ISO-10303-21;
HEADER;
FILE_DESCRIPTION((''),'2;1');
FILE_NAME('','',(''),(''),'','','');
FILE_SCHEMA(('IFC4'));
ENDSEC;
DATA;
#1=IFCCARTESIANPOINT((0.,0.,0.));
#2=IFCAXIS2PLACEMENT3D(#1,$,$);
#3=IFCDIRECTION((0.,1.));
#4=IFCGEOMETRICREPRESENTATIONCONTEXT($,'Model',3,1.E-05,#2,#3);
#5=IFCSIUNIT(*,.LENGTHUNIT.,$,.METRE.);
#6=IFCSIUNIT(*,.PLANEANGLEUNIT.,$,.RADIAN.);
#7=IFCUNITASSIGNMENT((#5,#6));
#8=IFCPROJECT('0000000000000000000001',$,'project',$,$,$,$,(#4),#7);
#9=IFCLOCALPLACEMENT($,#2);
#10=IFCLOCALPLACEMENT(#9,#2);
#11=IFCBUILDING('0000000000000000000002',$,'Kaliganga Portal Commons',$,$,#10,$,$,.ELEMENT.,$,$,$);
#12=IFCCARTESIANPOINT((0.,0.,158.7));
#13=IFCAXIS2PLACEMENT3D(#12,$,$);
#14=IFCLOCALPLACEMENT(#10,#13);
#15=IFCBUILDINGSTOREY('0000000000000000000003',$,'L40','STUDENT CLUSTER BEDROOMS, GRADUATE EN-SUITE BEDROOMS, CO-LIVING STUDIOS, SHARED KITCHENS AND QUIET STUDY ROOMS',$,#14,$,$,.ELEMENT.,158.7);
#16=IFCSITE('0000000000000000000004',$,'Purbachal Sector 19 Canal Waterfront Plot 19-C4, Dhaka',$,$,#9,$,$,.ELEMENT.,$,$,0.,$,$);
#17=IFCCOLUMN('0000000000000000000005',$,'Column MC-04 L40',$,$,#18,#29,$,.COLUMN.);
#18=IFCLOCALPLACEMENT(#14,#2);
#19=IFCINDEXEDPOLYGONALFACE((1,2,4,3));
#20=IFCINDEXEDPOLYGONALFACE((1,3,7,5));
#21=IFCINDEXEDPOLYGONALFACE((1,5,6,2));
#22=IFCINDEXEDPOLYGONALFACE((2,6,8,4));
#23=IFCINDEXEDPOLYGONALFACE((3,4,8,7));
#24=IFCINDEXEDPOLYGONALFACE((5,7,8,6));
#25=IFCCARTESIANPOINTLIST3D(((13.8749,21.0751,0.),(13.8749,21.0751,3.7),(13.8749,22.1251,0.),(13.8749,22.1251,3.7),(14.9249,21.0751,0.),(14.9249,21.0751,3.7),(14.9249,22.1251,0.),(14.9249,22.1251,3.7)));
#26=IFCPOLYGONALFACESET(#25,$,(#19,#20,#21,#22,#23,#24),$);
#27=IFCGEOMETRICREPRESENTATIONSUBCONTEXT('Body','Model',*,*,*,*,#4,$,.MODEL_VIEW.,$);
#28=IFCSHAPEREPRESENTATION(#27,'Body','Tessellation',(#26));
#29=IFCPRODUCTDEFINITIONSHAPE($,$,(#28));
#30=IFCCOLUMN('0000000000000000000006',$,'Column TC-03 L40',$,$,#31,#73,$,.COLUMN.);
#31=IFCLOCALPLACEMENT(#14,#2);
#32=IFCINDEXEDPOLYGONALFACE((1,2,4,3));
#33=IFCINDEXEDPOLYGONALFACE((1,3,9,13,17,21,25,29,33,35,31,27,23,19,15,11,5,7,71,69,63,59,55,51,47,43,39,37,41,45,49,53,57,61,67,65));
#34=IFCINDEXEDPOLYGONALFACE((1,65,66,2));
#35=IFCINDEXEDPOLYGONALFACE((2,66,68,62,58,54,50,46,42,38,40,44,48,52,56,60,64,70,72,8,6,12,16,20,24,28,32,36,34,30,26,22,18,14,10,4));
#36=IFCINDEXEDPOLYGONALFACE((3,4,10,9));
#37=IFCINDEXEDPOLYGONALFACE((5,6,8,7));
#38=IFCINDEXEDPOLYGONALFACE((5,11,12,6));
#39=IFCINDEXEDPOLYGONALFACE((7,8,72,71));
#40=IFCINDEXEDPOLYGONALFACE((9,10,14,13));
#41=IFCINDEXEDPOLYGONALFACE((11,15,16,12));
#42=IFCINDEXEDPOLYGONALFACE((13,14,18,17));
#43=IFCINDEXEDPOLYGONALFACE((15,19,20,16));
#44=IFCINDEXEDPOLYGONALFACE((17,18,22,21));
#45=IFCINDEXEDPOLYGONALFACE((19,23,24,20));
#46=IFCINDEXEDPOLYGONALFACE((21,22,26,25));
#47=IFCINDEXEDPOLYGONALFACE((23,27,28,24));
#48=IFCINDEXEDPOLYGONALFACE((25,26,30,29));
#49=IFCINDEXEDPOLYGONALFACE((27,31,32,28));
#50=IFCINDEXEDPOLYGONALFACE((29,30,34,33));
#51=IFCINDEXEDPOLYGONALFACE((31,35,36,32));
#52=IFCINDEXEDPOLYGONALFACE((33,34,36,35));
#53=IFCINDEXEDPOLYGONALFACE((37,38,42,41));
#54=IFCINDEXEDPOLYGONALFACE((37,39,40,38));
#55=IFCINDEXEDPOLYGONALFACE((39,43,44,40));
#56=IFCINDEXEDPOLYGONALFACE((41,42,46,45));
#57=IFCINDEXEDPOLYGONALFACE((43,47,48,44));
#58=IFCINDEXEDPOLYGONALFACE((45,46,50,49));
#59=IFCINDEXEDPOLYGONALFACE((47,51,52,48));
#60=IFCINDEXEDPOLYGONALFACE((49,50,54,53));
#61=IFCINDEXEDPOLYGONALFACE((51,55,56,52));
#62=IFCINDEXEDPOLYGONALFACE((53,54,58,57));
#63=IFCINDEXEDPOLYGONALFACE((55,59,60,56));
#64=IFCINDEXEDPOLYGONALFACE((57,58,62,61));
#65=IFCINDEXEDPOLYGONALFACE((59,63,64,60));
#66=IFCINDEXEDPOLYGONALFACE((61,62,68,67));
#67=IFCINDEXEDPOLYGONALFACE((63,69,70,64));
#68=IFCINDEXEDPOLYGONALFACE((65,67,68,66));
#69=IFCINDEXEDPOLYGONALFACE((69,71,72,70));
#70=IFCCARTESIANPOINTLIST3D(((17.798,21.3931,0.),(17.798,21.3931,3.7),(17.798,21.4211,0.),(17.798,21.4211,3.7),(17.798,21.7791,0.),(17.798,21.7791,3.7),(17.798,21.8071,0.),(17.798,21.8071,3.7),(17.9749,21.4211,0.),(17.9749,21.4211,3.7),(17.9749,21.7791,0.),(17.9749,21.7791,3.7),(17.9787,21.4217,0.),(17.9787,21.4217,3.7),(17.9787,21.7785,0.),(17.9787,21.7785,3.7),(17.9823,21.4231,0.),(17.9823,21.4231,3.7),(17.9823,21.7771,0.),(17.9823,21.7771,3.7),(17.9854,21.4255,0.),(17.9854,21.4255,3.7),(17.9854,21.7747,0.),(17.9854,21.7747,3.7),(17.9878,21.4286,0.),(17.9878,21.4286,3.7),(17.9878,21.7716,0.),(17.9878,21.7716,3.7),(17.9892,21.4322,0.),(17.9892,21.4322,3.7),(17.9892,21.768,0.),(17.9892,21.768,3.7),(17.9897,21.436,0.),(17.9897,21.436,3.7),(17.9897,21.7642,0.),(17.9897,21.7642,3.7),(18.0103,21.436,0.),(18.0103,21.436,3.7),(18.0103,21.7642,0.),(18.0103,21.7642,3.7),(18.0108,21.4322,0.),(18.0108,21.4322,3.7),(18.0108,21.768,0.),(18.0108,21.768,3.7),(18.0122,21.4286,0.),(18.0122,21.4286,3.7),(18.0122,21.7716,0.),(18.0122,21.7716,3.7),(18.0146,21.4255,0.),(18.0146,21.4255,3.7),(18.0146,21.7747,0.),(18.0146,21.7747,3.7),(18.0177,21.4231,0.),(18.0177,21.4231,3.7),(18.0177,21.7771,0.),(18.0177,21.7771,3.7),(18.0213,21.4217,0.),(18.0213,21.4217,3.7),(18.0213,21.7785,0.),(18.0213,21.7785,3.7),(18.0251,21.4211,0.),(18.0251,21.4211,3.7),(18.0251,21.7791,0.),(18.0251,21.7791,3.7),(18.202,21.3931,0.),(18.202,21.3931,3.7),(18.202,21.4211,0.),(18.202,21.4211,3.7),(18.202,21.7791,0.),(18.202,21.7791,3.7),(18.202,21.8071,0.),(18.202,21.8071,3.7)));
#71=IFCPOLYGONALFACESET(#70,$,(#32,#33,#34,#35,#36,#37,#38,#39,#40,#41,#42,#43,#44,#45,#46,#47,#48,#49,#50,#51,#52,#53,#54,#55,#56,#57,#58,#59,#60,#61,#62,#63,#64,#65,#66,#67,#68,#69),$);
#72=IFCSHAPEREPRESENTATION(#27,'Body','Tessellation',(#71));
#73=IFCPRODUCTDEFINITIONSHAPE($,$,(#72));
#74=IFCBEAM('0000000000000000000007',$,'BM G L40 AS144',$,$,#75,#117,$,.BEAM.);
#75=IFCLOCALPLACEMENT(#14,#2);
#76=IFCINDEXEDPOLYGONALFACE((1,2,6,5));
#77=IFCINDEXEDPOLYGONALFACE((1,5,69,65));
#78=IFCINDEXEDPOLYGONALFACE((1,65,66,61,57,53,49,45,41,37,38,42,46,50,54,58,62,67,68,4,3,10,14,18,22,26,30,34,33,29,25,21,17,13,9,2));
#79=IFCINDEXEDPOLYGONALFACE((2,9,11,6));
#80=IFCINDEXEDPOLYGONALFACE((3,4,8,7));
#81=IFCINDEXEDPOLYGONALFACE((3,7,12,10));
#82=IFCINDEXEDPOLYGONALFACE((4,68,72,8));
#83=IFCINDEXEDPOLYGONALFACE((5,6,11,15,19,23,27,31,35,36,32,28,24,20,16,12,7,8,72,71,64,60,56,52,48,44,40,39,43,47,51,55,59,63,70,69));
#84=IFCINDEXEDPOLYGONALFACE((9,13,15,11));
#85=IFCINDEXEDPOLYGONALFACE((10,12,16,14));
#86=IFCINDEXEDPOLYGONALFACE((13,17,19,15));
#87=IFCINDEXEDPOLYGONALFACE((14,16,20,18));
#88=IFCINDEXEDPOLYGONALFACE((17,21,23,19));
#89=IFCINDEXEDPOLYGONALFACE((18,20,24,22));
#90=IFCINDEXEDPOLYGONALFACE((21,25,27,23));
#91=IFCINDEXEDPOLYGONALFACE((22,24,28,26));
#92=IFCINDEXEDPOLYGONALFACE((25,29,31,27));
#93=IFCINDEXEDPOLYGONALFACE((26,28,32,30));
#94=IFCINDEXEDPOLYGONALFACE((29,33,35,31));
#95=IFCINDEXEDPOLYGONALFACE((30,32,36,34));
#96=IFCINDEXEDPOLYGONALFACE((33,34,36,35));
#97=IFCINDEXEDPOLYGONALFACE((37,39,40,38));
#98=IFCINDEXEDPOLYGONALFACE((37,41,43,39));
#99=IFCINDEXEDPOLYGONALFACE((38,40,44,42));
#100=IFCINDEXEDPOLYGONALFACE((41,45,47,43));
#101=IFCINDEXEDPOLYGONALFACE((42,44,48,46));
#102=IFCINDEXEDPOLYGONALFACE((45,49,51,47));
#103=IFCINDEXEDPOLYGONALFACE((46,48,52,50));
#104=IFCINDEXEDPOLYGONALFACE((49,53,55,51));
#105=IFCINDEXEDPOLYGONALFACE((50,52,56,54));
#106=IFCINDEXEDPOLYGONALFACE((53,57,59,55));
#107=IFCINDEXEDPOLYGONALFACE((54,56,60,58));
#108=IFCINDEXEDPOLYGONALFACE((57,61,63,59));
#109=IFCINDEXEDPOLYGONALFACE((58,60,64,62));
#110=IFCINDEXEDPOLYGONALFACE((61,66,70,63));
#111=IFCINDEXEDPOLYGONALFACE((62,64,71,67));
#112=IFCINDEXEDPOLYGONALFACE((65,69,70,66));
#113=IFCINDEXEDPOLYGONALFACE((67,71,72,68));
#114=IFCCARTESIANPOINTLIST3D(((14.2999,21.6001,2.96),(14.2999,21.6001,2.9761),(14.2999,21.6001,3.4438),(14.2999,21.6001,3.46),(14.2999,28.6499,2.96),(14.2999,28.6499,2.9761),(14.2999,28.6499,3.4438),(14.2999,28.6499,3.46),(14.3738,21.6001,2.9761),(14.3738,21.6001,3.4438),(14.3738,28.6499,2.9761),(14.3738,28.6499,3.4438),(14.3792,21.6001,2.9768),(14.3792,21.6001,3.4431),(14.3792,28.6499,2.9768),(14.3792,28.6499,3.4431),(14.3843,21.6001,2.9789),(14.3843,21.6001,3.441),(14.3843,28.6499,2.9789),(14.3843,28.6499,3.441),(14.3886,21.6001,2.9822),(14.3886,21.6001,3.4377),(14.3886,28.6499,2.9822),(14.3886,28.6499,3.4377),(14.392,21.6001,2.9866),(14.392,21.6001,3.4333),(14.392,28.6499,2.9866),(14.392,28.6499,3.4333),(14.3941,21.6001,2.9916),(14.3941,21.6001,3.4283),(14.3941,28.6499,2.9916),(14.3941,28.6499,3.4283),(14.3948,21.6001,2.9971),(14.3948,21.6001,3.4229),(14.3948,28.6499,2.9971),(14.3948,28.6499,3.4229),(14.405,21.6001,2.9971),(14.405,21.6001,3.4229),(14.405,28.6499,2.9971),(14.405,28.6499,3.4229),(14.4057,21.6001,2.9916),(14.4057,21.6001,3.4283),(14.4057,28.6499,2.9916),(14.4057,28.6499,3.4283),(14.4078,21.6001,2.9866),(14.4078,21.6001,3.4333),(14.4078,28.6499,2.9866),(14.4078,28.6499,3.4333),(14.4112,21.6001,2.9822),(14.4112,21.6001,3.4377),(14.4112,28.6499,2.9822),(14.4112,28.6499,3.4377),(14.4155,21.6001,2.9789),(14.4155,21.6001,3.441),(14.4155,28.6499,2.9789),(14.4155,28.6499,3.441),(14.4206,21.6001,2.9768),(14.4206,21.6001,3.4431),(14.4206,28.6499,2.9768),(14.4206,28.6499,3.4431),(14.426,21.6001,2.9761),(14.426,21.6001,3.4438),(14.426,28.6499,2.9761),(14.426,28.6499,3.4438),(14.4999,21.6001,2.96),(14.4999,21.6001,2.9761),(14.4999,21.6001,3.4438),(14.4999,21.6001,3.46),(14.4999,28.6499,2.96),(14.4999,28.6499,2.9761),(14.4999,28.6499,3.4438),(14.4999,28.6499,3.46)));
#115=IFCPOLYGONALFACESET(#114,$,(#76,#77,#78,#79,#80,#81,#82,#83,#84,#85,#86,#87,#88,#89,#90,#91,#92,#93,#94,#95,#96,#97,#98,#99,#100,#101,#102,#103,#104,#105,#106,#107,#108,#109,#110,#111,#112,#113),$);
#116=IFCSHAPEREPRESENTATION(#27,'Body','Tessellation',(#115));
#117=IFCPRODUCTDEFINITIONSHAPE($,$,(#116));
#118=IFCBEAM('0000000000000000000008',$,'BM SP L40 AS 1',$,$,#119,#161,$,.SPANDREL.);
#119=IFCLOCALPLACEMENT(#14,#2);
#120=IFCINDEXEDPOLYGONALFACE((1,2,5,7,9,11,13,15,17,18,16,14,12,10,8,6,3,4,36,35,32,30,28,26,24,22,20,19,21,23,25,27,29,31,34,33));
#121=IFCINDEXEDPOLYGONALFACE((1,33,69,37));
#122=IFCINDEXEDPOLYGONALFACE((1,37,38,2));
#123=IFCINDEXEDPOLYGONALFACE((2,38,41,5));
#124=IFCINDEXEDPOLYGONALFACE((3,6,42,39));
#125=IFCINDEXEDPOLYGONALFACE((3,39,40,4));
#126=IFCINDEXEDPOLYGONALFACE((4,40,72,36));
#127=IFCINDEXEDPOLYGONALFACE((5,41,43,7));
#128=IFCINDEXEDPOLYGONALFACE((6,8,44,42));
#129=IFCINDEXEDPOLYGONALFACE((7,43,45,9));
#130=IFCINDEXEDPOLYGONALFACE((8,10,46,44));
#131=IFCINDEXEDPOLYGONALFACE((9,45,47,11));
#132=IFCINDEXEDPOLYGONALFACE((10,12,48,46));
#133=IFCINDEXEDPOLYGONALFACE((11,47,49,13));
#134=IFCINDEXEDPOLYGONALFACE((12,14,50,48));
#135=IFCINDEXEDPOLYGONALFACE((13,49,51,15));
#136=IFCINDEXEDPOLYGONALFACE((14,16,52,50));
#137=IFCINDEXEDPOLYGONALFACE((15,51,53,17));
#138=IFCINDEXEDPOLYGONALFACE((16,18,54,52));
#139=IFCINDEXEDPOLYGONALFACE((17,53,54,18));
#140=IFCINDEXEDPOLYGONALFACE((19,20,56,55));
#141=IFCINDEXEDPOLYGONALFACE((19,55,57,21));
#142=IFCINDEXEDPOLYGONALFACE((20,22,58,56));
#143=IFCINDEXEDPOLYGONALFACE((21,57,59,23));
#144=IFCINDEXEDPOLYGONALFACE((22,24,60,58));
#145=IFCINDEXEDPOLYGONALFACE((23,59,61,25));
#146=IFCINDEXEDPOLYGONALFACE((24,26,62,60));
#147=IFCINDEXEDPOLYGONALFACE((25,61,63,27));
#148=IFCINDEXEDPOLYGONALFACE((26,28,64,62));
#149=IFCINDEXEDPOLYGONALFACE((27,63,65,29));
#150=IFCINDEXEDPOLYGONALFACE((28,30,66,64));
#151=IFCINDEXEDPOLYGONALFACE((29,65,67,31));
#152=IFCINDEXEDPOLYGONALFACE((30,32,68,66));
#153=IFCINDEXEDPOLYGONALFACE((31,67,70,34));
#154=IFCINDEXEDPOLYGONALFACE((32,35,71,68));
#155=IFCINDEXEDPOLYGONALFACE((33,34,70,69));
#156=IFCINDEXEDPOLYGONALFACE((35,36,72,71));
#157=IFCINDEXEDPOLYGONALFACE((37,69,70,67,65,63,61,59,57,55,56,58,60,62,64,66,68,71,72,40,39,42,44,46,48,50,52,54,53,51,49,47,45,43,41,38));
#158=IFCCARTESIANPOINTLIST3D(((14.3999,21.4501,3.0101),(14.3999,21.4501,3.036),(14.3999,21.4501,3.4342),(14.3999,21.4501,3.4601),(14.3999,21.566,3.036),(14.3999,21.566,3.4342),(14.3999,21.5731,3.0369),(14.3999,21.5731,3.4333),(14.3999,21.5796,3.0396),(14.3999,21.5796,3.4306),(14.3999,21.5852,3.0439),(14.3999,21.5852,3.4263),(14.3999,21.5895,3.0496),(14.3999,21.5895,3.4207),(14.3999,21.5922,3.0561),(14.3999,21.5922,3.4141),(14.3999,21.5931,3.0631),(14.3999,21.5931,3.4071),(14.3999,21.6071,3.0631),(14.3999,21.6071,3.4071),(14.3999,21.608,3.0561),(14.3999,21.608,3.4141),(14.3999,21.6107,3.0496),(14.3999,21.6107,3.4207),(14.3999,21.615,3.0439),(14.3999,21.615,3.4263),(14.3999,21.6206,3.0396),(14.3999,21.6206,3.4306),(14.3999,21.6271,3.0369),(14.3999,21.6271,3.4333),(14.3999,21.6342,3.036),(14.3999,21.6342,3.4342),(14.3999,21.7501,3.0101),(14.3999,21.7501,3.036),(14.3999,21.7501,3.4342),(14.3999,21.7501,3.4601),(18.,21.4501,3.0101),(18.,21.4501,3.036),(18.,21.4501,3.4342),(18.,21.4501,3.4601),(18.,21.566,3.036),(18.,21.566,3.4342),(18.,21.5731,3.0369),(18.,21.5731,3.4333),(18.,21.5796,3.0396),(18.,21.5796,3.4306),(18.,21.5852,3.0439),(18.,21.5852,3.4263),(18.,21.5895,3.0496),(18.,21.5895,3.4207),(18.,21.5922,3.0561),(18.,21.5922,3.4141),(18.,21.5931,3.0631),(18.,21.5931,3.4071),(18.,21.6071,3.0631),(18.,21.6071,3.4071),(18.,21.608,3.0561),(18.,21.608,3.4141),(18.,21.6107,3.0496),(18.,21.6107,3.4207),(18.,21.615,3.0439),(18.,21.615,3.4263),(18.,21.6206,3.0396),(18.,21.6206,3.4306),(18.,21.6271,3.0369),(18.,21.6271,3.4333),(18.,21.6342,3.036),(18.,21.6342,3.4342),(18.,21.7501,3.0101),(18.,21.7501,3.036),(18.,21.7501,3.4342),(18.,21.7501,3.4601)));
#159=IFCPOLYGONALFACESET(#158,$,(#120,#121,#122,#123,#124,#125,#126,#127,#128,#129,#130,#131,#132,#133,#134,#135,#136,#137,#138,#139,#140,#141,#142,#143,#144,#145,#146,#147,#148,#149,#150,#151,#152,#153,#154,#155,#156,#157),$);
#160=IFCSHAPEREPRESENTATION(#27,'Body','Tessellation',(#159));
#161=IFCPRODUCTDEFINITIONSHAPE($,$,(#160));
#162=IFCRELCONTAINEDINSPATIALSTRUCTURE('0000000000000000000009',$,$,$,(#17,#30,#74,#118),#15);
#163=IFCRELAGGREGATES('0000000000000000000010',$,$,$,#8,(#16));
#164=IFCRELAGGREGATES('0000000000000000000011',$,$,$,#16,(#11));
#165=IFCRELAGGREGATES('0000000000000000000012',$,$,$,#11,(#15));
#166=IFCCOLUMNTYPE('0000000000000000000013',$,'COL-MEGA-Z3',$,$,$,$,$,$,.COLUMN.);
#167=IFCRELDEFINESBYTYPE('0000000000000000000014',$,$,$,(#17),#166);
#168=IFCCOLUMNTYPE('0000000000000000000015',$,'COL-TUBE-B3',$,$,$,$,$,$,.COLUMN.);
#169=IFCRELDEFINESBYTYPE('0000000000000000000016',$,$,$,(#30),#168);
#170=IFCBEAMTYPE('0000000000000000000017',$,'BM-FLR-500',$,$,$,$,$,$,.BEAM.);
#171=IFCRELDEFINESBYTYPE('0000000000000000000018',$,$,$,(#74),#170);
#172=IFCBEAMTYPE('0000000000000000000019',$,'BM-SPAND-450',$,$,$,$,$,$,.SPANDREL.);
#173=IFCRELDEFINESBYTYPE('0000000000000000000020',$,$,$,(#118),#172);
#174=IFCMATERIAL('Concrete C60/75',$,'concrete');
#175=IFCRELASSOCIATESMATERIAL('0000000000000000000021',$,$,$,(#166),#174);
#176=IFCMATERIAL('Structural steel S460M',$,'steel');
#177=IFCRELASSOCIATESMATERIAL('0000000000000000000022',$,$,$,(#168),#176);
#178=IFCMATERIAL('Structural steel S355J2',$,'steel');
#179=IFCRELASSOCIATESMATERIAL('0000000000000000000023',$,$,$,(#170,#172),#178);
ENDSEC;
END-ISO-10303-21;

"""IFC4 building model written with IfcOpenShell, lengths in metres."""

from ifc_helpers import new_model, si_unit, direction, frame, origin, origin_2d, place, context, subcontext, project, spatial, rectangle, i_section, extrude, source, transform, mapped, material, material_profile, profile_set, type_object, element, save


model = new_model("IFC4")

# Units and contexts
model_context = context("Model", 3, precision=1e-05, world=origin(), true_north=direction((0.0, 1.0)))
body_context = subcontext(model_context, "Body", "Model", "MODEL_VIEW")
ifc_project = project(units=[si_unit("LENGTHUNIT", "METRE"), si_unit("PLANEANGLEUNIT", "RADIAN")], contexts=[model_context])

# Site, building, storey
site_placement = place(None, origin())
site = spatial("IfcSite", under=ifc_project, at=site_placement, Name="Purbachal Sector 19 Canal Waterfront Plot 19-C4, Dhaka", CompositionType="ELEMENT", RefElevation=0.0)
building_placement = place(site_placement, origin())
building = spatial("IfcBuilding", under=site, at=building_placement, Name="Kaliganga Portal Commons", CompositionType="ELEMENT")
storey_placement = place(building_placement, frame((0.0, 0.0, 158.7)))
storey = spatial("IfcBuildingStorey", under=building, at=storey_placement, Name="L40", Description="STUDENT CLUSTER BEDROOMS, GRADUATE EN-SUITE BEDROOMS, CO-LIVING STUDIOS, SHARED KITCHENS AND QUIET STUDY ROOMS", CompositionType="ELEMENT", Elevation=158.7)

# Columns
ifc_material_1 = material(Name="Concrete C60/75", Category="concrete")
ifc_material_profile_1 = material_profile(ifc_material_1, rectangle(XDim=1.05, YDim=1.05, at=origin_2d()), Name="RC 1050x1050")
ifc_profile_set_1 = profile_set([ifc_material_profile_1], Name="Concrete C60/75")
column_type_1 = type_object("IfcColumnType", Name="COL-MEGA-Z3", PredefinedType="COLUMN", material=ifc_profile_set_1)
shared_shape_1 = source(origin(), body_context, "Body", "SweptSolid", [
    extrude(rectangle(XDim=1.05, YDim=1.05, at=origin_2d()), origin(), (0.0, 0.0, 1.0), 3.7),
])
column_1_placement = place(storey_placement, frame((14.3999, 21.6001, 0.0), z_axis=(0.0, 0.0, 1.0), x_axis=(1.0, 0.0, 0.0)))
element("IfcColumn", 1, at=column_1_placement, inside=storey, type_object=column_type_1, Name="Column MC-04 L40", PredefinedType="COLUMN", context=body_context, shape_type="MappedRepresentation", body=[
    mapped(shared_shape_1, transform((0.0, 0.0, 0.0), x_axis=(1.0, 0.0, 0.0), y_axis=(0.0, 1.0, 0.0), z_axis=(0.0, 0.0, 1.0), scale=1.0)),
])
ifc_material_2 = material(Name="Structural steel S460M", Category="steel")
ifc_material_profile_2 = material_profile(ifc_material_2, i_section(OverallWidth=0.4041, OverallDepth=0.4141, WebThickness=0.0205, FlangeThickness=0.0281, FilletRadius=0.0149, at=origin_2d()), Name="HD 400x347")
ifc_profile_set_2 = profile_set([ifc_material_profile_2], Name="Structural steel S460M wide-flange")
column_type_2 = type_object("IfcColumnType", Name="COL-TUBE-B3", PredefinedType="COLUMN", material=ifc_profile_set_2)
shared_shape_2 = source(origin(), body_context, "Body", "SweptSolid", [
    extrude(i_section(OverallWidth=0.4041, OverallDepth=0.4141, WebThickness=0.0205, FlangeThickness=0.0281, FilletRadius=0.0149, at=origin_2d()), origin(), (0.0, 0.0, 1.0), 3.7),
])
column_2_placement = place(storey_placement, frame((18.0, 21.6001, 0.0), z_axis=(0.0, 0.0, 1.0), x_axis=(1.0, 0.0, 0.0)))
element("IfcColumn", 2, at=column_2_placement, inside=storey, type_object=column_type_2, Name="Column TC-03 L40", PredefinedType="COLUMN", context=body_context, shape_type="MappedRepresentation", body=[
    mapped(shared_shape_2, transform((0.0, 0.0, 0.0), x_axis=(1.0, 0.0, 0.0), y_axis=(0.0, 1.0, 0.0), z_axis=(0.0, 0.0, 1.0), scale=1.0)),
])

# Beams
ifc_material_3 = material(Name="Structural steel S355J2", Category="steel")
ifc_material_profile_3 = material_profile(ifc_material_3, i_section(OverallWidth=0.2, OverallDepth=0.5, WebThickness=0.0103, FlangeThickness=0.0161, FilletRadius=0.021, at=origin_2d()), Name="IPE 500")
ifc_profile_set_3 = profile_set([ifc_material_profile_3], Name="Structural steel S355J2 wide-flange")
beam_type_1 = type_object("IfcBeamType", Name="BM-FLR-500", PredefinedType="BEAM", material=ifc_profile_set_3)
shared_shape_3 = source(origin(), body_context, "Body", "SweptSolid", [
    extrude(i_section(OverallWidth=0.2, OverallDepth=0.5, WebThickness=0.0103, FlangeThickness=0.0161, FilletRadius=0.021, at=origin_2d()), origin(), (0.0, 0.0, 1.0), 7.0498),
])
beam_1_placement = place(storey_placement, frame((14.3999, 21.6001, 3.21), z_axis=(0.0, 1.0, 0.0), x_axis=(-1.0, 0.0, 0.0)))
element("IfcBeam", 3, at=beam_1_placement, inside=storey, type_object=beam_type_1, Name="BM G L40 AS144", PredefinedType="BEAM", context=body_context, shape_type="MappedRepresentation", body=[
    mapped(shared_shape_3, transform((0.0, 0.0, 0.0), x_axis=(1.0, 0.0, 0.0), y_axis=(0.0, 1.0, 0.0), z_axis=(0.0, 0.0, 1.0), scale=1.0)),
])
ifc_material_profile_4 = material_profile(ifc_material_3, i_section(OverallWidth=0.3, OverallDepth=0.45, WebThickness=0.0139, FlangeThickness=0.0259, FilletRadius=0.0271, at=origin_2d()), Name="HE 450 B")
ifc_profile_set_4 = profile_set([ifc_material_profile_4], Name="Structural steel S355J2 wide-flange")
beam_type_2 = type_object("IfcBeamType", Name="BM-SPAND-450", PredefinedType="SPANDREL", material=ifc_profile_set_4)
shared_shape_4 = source(origin(), body_context, "Body", "SweptSolid", [
    extrude(i_section(OverallWidth=0.3, OverallDepth=0.45, WebThickness=0.0139, FlangeThickness=0.0259, FilletRadius=0.0271, at=origin_2d()), origin(), (0.0, 0.0, 1.0), 3.6001),
])
for number, where, z_axis, x_axis, name in (
    (4, (14.3999, 21.6001, 3.2351), (1.0, 0.0, 0.0), (0.0, 1.0, 0.0), "BM SP L40 AS 1"),
):
    element("IfcBeam", number, at=place(storey_placement, frame(where, z_axis=z_axis, x_axis=x_axis)), inside=storey, type_object=beam_type_2, Name=name, PredefinedType="SPANDREL", context=body_context, shape_type="MappedRepresentation", body=[
        mapped(shared_shape_4, transform((0.0, 0.0, 0.0), x_axis=(1.0, 0.0, 0.0), y_axis=(0.0, 1.0, 0.0), z_axis=(0.0, 0.0, 1.0), scale=1.0)),
    ])

save(model, "model.ifc")
